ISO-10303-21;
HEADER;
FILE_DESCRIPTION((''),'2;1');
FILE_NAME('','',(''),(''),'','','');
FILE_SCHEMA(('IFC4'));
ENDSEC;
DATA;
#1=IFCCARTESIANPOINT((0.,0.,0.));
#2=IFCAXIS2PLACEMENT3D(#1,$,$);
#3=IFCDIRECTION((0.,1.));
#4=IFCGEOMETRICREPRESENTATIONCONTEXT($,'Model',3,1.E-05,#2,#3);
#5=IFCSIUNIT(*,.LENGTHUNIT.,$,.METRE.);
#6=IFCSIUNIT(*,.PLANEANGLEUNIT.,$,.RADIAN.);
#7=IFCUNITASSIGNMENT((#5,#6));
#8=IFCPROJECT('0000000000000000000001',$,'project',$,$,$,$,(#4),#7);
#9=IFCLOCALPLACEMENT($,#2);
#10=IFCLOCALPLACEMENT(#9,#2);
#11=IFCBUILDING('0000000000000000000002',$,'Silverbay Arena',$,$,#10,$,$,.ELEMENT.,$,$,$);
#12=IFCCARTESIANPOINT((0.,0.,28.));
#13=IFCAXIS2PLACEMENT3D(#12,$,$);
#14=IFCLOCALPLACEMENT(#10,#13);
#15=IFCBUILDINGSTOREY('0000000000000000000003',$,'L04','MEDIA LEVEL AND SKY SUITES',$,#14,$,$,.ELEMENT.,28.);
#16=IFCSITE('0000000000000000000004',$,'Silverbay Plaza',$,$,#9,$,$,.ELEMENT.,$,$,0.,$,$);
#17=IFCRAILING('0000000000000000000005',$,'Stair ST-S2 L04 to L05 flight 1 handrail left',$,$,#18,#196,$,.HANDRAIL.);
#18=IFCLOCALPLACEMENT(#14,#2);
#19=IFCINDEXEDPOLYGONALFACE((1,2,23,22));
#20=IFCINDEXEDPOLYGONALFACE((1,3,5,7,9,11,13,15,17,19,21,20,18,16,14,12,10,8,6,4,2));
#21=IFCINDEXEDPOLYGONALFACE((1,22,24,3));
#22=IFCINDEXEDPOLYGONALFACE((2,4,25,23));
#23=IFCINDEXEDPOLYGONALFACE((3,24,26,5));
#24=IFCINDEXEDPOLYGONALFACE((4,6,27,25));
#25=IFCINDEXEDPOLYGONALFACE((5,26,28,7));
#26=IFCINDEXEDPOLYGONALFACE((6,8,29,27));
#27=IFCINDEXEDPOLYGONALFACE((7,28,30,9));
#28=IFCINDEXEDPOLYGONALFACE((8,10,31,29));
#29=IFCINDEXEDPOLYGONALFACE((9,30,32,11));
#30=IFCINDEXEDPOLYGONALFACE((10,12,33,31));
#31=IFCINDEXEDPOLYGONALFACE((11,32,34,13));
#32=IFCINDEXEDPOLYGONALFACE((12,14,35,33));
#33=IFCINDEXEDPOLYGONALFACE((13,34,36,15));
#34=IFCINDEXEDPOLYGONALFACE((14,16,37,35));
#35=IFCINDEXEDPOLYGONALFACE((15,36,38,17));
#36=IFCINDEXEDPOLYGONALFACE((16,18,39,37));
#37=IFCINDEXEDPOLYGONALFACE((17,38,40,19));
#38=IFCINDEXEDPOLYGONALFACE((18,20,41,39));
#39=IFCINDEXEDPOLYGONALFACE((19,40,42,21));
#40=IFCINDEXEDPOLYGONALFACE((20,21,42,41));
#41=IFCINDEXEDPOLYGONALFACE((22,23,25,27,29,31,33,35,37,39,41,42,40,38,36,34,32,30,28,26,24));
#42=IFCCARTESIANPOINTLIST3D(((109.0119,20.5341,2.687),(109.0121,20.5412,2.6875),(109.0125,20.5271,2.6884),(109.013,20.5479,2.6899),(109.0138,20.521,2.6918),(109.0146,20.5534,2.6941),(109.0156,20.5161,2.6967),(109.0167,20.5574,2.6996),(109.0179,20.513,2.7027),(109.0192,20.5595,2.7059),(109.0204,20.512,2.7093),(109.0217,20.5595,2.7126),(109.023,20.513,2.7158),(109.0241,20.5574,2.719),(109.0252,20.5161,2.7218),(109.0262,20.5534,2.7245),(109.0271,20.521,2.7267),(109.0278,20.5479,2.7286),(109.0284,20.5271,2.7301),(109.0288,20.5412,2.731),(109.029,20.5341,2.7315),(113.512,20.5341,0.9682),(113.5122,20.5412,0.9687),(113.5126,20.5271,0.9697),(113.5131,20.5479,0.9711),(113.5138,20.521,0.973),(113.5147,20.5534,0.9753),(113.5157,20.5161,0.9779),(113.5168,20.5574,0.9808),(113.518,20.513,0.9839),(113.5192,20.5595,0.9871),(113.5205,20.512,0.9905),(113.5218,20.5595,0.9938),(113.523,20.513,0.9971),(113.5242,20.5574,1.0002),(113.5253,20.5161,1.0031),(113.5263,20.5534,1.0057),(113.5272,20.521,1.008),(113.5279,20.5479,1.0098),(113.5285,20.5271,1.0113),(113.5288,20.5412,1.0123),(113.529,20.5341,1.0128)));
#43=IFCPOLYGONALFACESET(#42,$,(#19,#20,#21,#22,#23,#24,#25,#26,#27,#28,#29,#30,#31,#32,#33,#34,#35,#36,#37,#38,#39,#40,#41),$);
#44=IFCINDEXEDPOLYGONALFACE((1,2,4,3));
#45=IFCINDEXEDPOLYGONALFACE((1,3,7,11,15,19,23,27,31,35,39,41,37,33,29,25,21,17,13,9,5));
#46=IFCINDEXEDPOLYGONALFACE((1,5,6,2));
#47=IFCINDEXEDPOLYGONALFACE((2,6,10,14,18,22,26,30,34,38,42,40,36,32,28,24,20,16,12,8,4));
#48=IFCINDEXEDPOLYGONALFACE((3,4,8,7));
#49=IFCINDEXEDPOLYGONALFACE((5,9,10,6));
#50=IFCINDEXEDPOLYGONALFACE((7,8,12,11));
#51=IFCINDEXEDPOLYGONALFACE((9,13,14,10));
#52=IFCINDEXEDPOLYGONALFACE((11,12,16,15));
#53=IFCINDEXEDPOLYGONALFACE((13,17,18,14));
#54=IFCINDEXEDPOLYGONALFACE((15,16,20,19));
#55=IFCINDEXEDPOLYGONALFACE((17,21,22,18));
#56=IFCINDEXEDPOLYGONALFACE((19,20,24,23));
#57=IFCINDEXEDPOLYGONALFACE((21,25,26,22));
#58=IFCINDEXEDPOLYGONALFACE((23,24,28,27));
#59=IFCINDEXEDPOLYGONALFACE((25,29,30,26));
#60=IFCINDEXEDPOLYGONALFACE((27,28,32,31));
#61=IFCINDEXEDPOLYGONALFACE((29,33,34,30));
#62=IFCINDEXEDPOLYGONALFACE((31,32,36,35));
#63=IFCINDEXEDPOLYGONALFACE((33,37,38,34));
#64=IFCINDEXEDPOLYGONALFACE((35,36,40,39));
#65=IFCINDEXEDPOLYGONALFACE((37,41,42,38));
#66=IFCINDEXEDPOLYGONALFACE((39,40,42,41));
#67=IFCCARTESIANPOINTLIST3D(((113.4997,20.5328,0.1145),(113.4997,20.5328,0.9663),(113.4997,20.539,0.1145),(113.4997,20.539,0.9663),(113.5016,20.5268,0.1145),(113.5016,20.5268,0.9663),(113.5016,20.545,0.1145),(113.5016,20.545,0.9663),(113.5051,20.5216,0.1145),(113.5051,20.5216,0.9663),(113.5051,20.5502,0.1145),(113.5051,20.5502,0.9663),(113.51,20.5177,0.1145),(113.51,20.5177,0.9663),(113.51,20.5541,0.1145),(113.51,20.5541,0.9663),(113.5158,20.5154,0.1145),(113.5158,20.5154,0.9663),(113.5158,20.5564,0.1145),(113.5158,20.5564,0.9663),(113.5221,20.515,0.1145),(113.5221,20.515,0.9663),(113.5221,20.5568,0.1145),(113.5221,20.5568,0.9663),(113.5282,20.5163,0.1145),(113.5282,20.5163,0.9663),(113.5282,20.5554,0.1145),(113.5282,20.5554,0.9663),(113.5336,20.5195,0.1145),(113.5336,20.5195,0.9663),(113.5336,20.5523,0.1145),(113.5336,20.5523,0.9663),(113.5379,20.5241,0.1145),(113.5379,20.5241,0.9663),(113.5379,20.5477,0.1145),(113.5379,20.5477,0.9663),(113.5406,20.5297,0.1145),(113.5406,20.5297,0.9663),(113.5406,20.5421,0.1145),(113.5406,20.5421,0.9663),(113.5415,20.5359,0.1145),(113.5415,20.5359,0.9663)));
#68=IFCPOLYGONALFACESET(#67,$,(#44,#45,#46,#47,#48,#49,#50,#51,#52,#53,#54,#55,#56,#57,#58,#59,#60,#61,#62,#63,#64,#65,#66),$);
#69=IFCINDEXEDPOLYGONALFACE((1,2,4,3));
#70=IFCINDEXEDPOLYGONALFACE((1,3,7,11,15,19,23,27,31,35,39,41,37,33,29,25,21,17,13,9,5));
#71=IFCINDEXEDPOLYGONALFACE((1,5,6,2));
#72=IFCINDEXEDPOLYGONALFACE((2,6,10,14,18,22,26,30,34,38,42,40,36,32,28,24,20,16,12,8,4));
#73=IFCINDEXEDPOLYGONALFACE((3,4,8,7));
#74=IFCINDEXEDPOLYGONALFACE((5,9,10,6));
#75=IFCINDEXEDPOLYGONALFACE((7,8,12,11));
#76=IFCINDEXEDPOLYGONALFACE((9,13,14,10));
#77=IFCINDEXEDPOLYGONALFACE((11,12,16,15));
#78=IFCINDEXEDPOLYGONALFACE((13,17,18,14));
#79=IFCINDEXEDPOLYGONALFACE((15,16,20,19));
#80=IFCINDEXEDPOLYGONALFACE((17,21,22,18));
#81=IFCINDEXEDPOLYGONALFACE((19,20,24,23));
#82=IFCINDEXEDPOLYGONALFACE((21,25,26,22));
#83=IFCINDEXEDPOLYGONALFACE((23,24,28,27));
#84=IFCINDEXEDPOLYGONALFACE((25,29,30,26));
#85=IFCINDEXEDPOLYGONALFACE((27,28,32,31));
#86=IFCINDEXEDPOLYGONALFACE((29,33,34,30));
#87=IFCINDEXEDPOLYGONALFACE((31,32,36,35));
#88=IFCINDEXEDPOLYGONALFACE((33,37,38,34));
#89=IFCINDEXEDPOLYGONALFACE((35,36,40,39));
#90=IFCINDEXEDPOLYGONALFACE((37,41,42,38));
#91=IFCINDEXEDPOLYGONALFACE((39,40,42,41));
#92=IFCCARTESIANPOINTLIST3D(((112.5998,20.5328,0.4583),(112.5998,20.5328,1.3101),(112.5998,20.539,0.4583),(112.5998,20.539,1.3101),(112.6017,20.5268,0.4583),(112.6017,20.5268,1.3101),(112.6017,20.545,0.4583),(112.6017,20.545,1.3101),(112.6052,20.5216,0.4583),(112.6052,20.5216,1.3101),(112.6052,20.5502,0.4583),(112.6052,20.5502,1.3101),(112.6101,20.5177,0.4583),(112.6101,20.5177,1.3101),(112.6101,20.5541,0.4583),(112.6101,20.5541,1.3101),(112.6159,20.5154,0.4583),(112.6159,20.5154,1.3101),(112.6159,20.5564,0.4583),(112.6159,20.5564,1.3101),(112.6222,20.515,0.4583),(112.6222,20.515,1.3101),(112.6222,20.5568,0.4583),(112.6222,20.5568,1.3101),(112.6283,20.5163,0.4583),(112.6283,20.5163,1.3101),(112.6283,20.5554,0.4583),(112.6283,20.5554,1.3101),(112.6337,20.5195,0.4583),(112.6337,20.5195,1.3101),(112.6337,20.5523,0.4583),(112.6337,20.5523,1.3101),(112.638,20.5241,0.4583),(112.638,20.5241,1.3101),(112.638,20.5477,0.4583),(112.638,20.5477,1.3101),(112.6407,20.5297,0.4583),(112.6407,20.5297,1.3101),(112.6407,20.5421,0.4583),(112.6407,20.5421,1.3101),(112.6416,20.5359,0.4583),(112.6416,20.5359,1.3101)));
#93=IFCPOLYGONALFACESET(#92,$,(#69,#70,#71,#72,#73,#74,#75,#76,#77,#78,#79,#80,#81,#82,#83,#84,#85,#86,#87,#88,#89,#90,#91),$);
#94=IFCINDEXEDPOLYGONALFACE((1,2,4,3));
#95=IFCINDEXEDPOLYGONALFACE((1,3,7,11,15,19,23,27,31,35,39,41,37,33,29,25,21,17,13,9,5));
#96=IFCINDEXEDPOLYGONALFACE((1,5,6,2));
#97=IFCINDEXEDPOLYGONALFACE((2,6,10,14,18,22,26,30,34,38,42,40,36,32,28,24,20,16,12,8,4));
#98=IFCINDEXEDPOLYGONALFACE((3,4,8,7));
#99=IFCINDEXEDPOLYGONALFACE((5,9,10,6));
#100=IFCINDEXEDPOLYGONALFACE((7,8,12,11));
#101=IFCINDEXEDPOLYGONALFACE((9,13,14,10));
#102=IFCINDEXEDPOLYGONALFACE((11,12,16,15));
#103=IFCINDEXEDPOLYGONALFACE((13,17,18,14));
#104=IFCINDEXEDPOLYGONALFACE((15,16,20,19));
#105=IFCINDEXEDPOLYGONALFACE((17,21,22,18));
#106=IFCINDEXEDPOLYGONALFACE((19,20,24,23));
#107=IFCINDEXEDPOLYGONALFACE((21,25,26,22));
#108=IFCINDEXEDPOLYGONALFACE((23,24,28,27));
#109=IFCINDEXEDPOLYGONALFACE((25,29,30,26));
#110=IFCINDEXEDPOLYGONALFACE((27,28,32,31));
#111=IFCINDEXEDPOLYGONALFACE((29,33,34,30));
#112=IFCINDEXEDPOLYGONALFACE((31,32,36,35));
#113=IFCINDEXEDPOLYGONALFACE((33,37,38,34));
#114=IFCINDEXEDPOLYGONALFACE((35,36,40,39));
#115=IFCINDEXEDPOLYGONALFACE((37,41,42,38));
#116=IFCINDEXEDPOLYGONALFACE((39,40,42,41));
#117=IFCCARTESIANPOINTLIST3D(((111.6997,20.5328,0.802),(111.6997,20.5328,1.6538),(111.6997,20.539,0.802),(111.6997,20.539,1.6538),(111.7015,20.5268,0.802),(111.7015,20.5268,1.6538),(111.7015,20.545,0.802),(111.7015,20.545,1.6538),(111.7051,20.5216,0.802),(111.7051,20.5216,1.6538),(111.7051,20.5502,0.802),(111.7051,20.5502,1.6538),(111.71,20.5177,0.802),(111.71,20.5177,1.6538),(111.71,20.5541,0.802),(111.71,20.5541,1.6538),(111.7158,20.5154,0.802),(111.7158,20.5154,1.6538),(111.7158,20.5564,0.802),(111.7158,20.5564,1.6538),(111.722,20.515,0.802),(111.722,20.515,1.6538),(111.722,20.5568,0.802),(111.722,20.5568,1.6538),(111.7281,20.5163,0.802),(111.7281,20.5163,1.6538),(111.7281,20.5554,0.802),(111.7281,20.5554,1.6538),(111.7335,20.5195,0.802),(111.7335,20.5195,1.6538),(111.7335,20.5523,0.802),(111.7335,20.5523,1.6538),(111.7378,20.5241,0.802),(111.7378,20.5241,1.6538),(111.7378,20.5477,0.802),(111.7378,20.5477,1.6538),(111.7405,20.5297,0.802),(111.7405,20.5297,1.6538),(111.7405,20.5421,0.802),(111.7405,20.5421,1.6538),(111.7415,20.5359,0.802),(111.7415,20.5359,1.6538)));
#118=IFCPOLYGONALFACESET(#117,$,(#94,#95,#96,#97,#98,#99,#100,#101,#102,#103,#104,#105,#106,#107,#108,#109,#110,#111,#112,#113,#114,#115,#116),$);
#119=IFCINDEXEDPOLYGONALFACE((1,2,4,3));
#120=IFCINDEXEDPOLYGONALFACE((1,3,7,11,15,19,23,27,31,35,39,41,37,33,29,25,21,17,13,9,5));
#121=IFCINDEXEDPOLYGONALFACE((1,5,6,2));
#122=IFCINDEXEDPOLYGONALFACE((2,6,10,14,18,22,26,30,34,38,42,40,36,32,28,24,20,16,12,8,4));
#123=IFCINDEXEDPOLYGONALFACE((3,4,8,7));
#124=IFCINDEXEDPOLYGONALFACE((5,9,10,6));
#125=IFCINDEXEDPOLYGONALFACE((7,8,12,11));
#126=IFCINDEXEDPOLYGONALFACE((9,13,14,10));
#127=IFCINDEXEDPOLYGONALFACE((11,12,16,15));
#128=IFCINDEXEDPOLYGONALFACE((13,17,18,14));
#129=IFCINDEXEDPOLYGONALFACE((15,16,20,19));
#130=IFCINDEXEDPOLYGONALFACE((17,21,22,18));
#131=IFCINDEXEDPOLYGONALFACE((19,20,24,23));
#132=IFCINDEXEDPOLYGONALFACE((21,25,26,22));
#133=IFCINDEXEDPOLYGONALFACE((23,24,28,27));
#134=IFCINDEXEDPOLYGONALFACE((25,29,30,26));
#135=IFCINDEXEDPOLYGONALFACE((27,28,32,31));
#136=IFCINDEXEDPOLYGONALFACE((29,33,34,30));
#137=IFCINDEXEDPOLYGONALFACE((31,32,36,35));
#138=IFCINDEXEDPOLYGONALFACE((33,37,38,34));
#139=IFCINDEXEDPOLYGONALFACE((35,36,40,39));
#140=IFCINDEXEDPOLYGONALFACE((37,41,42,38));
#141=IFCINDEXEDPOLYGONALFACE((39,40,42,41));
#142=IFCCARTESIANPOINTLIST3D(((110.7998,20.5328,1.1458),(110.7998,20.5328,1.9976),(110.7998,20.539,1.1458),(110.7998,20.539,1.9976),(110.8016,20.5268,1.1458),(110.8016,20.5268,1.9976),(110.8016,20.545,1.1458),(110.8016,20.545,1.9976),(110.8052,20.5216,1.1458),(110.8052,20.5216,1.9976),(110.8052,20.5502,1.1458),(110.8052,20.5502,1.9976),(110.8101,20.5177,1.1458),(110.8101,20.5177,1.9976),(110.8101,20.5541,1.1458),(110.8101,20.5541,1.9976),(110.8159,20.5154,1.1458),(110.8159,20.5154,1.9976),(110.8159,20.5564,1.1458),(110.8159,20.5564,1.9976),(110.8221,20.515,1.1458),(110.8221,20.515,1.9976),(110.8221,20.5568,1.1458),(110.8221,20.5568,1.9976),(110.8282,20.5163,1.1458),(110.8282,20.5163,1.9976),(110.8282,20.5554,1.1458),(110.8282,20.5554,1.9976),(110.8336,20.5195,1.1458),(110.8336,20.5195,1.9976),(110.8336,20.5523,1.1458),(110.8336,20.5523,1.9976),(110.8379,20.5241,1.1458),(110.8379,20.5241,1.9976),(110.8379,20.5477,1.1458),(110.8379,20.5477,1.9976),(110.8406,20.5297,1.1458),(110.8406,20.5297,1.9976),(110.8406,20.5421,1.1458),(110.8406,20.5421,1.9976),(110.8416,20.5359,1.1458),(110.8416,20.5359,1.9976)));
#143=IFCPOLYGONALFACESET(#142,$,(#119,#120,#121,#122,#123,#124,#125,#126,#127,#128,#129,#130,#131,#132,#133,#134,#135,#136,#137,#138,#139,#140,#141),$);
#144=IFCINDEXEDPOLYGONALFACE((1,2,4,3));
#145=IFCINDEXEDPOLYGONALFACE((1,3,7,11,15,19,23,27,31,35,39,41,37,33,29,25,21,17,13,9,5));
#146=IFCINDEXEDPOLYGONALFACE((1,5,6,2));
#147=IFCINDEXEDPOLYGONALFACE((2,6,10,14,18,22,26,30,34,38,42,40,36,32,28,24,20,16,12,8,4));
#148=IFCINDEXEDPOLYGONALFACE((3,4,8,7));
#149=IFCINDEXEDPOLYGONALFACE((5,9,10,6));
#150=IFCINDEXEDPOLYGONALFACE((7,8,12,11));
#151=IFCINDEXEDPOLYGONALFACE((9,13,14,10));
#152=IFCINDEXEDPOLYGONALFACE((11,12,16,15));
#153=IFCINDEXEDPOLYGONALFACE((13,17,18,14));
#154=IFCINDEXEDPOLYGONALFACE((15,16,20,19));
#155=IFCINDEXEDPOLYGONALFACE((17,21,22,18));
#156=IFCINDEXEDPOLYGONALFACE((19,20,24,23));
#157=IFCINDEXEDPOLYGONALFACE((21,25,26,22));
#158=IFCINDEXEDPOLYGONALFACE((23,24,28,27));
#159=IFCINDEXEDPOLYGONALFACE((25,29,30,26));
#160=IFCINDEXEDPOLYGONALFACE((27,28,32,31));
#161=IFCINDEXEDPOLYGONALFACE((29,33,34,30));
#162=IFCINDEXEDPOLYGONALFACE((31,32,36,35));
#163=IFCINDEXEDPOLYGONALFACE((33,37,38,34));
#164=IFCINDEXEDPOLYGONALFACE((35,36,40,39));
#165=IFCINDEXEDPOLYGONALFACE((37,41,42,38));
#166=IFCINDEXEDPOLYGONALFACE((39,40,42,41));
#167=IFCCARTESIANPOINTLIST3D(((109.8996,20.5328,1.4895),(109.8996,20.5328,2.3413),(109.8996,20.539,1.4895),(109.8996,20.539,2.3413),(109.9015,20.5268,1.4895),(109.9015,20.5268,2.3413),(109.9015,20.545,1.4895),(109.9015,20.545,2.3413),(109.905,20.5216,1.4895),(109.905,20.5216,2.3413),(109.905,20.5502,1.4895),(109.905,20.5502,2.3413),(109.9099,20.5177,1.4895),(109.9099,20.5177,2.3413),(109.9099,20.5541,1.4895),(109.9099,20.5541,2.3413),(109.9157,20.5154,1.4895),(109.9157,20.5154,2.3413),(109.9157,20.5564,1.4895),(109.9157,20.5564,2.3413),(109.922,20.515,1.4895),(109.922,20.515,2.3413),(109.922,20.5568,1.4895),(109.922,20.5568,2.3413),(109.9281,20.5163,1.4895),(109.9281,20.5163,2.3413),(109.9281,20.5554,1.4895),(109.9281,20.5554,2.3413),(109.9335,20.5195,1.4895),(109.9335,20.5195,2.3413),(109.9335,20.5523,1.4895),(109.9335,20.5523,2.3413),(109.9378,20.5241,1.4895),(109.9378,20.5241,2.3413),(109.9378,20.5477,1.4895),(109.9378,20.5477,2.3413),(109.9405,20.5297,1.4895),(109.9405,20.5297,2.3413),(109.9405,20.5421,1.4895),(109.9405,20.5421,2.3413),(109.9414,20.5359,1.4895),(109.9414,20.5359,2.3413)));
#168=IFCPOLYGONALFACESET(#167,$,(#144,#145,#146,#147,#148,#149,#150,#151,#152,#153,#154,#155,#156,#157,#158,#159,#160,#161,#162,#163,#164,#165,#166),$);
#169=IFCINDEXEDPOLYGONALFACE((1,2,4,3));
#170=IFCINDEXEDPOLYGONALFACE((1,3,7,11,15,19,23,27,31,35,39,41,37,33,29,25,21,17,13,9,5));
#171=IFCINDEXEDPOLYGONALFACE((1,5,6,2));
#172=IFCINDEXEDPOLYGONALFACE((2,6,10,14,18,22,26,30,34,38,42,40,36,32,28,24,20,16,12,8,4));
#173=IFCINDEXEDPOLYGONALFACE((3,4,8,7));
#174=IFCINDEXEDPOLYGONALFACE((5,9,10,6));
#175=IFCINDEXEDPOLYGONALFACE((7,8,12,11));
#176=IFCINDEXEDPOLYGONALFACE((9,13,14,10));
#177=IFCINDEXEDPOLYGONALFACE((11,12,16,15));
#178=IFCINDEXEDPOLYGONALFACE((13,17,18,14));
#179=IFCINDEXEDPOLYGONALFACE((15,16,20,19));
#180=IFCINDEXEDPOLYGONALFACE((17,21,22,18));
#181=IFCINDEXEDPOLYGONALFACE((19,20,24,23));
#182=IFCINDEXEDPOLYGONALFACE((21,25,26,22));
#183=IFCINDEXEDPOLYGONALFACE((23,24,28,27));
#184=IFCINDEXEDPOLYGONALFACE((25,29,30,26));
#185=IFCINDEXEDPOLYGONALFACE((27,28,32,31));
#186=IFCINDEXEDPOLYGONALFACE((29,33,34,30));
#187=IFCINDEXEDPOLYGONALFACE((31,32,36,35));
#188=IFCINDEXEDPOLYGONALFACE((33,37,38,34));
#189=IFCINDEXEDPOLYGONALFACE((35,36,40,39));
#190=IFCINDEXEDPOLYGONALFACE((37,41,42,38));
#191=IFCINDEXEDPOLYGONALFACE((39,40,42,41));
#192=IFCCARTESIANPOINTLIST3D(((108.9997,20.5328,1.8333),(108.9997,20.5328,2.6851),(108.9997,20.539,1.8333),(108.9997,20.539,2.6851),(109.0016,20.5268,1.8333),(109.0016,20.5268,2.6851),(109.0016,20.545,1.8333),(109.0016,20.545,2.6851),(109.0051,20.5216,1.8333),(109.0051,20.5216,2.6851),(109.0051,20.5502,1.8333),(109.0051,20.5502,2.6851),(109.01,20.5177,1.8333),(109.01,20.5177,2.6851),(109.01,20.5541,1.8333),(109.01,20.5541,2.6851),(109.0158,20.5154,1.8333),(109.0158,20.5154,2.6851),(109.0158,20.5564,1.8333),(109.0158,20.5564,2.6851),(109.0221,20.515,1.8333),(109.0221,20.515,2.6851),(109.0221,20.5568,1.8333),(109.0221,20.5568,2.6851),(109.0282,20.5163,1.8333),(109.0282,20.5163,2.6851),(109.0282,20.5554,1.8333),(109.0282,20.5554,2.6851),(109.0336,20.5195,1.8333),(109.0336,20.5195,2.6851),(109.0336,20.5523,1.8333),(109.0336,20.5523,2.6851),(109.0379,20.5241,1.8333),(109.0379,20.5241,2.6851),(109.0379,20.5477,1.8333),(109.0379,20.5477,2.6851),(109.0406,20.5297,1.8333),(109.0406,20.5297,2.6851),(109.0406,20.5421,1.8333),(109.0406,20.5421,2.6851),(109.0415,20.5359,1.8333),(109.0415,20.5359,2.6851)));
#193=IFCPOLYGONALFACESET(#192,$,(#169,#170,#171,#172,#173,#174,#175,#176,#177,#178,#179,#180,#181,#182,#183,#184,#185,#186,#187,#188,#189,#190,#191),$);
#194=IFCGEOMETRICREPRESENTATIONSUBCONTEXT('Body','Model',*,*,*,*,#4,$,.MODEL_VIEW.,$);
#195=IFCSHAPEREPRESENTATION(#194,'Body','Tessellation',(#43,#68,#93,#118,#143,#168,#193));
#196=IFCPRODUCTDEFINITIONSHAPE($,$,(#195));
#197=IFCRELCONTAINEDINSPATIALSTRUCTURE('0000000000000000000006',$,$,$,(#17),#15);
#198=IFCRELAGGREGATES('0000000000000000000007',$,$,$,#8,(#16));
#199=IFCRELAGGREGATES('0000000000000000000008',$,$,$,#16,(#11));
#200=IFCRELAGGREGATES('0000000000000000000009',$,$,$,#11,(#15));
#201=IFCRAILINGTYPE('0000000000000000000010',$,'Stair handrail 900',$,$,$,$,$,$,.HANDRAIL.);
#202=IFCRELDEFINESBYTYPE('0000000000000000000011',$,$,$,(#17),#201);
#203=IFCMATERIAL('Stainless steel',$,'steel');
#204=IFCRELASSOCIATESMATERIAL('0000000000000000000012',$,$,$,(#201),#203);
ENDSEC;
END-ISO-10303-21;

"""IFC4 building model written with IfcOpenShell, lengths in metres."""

from ifc_helpers import new_model, si_unit, direction, frame, origin, origin_2d, place, context, subcontext, project, spatial, circle, extrude, material, type_object, element, save


model = new_model("IFC4")

# Units and contexts
model_context = context("Model", 3, precision=1e-05, world=origin(), true_north=direction((0.0, 1.0)))
body_context = subcontext(model_context, "Body", "Model", "MODEL_VIEW")
ifc_project = project(units=[si_unit("LENGTHUNIT", "METRE"), si_unit("PLANEANGLEUNIT", "RADIAN")], contexts=[model_context])

# Site, building, storey
site_placement = place(None, origin())
site = spatial("IfcSite", under=ifc_project, at=site_placement, Name="Silverbay Plaza", CompositionType="ELEMENT", RefElevation=0.0)
building_placement = place(site_placement, origin())
building = spatial("IfcBuilding", under=site, at=building_placement, Name="Silverbay Arena", CompositionType="ELEMENT")
storey_placement = place(building_placement, frame((0.0, 0.0, 28.0)))
storey = spatial("IfcBuildingStorey", under=building, at=storey_placement, Name="L04", Description="MEDIA LEVEL AND SKY SUITES", CompositionType="ELEMENT", Elevation=28.0)

# Railing
ifc_material_1 = material(Name="Stainless steel", Category="steel")
railing_type_1 = type_object("IfcRailingType", Name="Stair handrail 900", PredefinedType="HANDRAIL", material=ifc_material_1)
for number, where, name in (
    (1, (113.5205, 20.5359, 0.1145), "Stair ST-S2 L04 to L05 flight 1 handrail left"),
):
    element("IfcRailing", number, at=place(storey_placement, frame(where)), inside=storey, type_object=railing_type_1, Name=name, PredefinedType="HANDRAIL", context=body_context, shape_type="SweptSolid", body=[
        extrude(circle(Radius=0.0239, at=origin_2d()), frame((0.0, 0.0, 0.876), z_axis=(-0.934179, 0.0, 0.356805), x_axis=(0.0, -1.0, 0.0)), (0.0, 0.0, 1.0), 4.8171),
        extrude(circle(Radius=0.021, at=origin_2d()), origin(), (0.0, 0.0, 1.0), 0.8518),
        extrude(circle(Radius=0.021, at=origin_2d()), frame((-0.8999, 0.0, 0.3438)), (0.0, 0.0, 1.0), 0.8518),
        extrude(circle(Radius=0.021, at=origin_2d()), frame((-1.8, 0.0, 0.6875)), (0.0, 0.0, 1.0), 0.8518),
        extrude(circle(Radius=0.021, at=origin_2d()), frame((-2.7, 0.0, 1.0312)), (0.0, 0.0, 1.0), 0.8518),
        extrude(circle(Radius=0.021, at=origin_2d()), frame((-3.6001, 0.0, 1.375)), (0.0, 0.0, 1.0), 0.8518),
        extrude(circle(Radius=0.021, at=origin_2d()), frame((-4.5, 0.0, 1.7188)), (0.0, 0.0, 1.0), 0.8518),
    ])

save(model, "model.ifc")
